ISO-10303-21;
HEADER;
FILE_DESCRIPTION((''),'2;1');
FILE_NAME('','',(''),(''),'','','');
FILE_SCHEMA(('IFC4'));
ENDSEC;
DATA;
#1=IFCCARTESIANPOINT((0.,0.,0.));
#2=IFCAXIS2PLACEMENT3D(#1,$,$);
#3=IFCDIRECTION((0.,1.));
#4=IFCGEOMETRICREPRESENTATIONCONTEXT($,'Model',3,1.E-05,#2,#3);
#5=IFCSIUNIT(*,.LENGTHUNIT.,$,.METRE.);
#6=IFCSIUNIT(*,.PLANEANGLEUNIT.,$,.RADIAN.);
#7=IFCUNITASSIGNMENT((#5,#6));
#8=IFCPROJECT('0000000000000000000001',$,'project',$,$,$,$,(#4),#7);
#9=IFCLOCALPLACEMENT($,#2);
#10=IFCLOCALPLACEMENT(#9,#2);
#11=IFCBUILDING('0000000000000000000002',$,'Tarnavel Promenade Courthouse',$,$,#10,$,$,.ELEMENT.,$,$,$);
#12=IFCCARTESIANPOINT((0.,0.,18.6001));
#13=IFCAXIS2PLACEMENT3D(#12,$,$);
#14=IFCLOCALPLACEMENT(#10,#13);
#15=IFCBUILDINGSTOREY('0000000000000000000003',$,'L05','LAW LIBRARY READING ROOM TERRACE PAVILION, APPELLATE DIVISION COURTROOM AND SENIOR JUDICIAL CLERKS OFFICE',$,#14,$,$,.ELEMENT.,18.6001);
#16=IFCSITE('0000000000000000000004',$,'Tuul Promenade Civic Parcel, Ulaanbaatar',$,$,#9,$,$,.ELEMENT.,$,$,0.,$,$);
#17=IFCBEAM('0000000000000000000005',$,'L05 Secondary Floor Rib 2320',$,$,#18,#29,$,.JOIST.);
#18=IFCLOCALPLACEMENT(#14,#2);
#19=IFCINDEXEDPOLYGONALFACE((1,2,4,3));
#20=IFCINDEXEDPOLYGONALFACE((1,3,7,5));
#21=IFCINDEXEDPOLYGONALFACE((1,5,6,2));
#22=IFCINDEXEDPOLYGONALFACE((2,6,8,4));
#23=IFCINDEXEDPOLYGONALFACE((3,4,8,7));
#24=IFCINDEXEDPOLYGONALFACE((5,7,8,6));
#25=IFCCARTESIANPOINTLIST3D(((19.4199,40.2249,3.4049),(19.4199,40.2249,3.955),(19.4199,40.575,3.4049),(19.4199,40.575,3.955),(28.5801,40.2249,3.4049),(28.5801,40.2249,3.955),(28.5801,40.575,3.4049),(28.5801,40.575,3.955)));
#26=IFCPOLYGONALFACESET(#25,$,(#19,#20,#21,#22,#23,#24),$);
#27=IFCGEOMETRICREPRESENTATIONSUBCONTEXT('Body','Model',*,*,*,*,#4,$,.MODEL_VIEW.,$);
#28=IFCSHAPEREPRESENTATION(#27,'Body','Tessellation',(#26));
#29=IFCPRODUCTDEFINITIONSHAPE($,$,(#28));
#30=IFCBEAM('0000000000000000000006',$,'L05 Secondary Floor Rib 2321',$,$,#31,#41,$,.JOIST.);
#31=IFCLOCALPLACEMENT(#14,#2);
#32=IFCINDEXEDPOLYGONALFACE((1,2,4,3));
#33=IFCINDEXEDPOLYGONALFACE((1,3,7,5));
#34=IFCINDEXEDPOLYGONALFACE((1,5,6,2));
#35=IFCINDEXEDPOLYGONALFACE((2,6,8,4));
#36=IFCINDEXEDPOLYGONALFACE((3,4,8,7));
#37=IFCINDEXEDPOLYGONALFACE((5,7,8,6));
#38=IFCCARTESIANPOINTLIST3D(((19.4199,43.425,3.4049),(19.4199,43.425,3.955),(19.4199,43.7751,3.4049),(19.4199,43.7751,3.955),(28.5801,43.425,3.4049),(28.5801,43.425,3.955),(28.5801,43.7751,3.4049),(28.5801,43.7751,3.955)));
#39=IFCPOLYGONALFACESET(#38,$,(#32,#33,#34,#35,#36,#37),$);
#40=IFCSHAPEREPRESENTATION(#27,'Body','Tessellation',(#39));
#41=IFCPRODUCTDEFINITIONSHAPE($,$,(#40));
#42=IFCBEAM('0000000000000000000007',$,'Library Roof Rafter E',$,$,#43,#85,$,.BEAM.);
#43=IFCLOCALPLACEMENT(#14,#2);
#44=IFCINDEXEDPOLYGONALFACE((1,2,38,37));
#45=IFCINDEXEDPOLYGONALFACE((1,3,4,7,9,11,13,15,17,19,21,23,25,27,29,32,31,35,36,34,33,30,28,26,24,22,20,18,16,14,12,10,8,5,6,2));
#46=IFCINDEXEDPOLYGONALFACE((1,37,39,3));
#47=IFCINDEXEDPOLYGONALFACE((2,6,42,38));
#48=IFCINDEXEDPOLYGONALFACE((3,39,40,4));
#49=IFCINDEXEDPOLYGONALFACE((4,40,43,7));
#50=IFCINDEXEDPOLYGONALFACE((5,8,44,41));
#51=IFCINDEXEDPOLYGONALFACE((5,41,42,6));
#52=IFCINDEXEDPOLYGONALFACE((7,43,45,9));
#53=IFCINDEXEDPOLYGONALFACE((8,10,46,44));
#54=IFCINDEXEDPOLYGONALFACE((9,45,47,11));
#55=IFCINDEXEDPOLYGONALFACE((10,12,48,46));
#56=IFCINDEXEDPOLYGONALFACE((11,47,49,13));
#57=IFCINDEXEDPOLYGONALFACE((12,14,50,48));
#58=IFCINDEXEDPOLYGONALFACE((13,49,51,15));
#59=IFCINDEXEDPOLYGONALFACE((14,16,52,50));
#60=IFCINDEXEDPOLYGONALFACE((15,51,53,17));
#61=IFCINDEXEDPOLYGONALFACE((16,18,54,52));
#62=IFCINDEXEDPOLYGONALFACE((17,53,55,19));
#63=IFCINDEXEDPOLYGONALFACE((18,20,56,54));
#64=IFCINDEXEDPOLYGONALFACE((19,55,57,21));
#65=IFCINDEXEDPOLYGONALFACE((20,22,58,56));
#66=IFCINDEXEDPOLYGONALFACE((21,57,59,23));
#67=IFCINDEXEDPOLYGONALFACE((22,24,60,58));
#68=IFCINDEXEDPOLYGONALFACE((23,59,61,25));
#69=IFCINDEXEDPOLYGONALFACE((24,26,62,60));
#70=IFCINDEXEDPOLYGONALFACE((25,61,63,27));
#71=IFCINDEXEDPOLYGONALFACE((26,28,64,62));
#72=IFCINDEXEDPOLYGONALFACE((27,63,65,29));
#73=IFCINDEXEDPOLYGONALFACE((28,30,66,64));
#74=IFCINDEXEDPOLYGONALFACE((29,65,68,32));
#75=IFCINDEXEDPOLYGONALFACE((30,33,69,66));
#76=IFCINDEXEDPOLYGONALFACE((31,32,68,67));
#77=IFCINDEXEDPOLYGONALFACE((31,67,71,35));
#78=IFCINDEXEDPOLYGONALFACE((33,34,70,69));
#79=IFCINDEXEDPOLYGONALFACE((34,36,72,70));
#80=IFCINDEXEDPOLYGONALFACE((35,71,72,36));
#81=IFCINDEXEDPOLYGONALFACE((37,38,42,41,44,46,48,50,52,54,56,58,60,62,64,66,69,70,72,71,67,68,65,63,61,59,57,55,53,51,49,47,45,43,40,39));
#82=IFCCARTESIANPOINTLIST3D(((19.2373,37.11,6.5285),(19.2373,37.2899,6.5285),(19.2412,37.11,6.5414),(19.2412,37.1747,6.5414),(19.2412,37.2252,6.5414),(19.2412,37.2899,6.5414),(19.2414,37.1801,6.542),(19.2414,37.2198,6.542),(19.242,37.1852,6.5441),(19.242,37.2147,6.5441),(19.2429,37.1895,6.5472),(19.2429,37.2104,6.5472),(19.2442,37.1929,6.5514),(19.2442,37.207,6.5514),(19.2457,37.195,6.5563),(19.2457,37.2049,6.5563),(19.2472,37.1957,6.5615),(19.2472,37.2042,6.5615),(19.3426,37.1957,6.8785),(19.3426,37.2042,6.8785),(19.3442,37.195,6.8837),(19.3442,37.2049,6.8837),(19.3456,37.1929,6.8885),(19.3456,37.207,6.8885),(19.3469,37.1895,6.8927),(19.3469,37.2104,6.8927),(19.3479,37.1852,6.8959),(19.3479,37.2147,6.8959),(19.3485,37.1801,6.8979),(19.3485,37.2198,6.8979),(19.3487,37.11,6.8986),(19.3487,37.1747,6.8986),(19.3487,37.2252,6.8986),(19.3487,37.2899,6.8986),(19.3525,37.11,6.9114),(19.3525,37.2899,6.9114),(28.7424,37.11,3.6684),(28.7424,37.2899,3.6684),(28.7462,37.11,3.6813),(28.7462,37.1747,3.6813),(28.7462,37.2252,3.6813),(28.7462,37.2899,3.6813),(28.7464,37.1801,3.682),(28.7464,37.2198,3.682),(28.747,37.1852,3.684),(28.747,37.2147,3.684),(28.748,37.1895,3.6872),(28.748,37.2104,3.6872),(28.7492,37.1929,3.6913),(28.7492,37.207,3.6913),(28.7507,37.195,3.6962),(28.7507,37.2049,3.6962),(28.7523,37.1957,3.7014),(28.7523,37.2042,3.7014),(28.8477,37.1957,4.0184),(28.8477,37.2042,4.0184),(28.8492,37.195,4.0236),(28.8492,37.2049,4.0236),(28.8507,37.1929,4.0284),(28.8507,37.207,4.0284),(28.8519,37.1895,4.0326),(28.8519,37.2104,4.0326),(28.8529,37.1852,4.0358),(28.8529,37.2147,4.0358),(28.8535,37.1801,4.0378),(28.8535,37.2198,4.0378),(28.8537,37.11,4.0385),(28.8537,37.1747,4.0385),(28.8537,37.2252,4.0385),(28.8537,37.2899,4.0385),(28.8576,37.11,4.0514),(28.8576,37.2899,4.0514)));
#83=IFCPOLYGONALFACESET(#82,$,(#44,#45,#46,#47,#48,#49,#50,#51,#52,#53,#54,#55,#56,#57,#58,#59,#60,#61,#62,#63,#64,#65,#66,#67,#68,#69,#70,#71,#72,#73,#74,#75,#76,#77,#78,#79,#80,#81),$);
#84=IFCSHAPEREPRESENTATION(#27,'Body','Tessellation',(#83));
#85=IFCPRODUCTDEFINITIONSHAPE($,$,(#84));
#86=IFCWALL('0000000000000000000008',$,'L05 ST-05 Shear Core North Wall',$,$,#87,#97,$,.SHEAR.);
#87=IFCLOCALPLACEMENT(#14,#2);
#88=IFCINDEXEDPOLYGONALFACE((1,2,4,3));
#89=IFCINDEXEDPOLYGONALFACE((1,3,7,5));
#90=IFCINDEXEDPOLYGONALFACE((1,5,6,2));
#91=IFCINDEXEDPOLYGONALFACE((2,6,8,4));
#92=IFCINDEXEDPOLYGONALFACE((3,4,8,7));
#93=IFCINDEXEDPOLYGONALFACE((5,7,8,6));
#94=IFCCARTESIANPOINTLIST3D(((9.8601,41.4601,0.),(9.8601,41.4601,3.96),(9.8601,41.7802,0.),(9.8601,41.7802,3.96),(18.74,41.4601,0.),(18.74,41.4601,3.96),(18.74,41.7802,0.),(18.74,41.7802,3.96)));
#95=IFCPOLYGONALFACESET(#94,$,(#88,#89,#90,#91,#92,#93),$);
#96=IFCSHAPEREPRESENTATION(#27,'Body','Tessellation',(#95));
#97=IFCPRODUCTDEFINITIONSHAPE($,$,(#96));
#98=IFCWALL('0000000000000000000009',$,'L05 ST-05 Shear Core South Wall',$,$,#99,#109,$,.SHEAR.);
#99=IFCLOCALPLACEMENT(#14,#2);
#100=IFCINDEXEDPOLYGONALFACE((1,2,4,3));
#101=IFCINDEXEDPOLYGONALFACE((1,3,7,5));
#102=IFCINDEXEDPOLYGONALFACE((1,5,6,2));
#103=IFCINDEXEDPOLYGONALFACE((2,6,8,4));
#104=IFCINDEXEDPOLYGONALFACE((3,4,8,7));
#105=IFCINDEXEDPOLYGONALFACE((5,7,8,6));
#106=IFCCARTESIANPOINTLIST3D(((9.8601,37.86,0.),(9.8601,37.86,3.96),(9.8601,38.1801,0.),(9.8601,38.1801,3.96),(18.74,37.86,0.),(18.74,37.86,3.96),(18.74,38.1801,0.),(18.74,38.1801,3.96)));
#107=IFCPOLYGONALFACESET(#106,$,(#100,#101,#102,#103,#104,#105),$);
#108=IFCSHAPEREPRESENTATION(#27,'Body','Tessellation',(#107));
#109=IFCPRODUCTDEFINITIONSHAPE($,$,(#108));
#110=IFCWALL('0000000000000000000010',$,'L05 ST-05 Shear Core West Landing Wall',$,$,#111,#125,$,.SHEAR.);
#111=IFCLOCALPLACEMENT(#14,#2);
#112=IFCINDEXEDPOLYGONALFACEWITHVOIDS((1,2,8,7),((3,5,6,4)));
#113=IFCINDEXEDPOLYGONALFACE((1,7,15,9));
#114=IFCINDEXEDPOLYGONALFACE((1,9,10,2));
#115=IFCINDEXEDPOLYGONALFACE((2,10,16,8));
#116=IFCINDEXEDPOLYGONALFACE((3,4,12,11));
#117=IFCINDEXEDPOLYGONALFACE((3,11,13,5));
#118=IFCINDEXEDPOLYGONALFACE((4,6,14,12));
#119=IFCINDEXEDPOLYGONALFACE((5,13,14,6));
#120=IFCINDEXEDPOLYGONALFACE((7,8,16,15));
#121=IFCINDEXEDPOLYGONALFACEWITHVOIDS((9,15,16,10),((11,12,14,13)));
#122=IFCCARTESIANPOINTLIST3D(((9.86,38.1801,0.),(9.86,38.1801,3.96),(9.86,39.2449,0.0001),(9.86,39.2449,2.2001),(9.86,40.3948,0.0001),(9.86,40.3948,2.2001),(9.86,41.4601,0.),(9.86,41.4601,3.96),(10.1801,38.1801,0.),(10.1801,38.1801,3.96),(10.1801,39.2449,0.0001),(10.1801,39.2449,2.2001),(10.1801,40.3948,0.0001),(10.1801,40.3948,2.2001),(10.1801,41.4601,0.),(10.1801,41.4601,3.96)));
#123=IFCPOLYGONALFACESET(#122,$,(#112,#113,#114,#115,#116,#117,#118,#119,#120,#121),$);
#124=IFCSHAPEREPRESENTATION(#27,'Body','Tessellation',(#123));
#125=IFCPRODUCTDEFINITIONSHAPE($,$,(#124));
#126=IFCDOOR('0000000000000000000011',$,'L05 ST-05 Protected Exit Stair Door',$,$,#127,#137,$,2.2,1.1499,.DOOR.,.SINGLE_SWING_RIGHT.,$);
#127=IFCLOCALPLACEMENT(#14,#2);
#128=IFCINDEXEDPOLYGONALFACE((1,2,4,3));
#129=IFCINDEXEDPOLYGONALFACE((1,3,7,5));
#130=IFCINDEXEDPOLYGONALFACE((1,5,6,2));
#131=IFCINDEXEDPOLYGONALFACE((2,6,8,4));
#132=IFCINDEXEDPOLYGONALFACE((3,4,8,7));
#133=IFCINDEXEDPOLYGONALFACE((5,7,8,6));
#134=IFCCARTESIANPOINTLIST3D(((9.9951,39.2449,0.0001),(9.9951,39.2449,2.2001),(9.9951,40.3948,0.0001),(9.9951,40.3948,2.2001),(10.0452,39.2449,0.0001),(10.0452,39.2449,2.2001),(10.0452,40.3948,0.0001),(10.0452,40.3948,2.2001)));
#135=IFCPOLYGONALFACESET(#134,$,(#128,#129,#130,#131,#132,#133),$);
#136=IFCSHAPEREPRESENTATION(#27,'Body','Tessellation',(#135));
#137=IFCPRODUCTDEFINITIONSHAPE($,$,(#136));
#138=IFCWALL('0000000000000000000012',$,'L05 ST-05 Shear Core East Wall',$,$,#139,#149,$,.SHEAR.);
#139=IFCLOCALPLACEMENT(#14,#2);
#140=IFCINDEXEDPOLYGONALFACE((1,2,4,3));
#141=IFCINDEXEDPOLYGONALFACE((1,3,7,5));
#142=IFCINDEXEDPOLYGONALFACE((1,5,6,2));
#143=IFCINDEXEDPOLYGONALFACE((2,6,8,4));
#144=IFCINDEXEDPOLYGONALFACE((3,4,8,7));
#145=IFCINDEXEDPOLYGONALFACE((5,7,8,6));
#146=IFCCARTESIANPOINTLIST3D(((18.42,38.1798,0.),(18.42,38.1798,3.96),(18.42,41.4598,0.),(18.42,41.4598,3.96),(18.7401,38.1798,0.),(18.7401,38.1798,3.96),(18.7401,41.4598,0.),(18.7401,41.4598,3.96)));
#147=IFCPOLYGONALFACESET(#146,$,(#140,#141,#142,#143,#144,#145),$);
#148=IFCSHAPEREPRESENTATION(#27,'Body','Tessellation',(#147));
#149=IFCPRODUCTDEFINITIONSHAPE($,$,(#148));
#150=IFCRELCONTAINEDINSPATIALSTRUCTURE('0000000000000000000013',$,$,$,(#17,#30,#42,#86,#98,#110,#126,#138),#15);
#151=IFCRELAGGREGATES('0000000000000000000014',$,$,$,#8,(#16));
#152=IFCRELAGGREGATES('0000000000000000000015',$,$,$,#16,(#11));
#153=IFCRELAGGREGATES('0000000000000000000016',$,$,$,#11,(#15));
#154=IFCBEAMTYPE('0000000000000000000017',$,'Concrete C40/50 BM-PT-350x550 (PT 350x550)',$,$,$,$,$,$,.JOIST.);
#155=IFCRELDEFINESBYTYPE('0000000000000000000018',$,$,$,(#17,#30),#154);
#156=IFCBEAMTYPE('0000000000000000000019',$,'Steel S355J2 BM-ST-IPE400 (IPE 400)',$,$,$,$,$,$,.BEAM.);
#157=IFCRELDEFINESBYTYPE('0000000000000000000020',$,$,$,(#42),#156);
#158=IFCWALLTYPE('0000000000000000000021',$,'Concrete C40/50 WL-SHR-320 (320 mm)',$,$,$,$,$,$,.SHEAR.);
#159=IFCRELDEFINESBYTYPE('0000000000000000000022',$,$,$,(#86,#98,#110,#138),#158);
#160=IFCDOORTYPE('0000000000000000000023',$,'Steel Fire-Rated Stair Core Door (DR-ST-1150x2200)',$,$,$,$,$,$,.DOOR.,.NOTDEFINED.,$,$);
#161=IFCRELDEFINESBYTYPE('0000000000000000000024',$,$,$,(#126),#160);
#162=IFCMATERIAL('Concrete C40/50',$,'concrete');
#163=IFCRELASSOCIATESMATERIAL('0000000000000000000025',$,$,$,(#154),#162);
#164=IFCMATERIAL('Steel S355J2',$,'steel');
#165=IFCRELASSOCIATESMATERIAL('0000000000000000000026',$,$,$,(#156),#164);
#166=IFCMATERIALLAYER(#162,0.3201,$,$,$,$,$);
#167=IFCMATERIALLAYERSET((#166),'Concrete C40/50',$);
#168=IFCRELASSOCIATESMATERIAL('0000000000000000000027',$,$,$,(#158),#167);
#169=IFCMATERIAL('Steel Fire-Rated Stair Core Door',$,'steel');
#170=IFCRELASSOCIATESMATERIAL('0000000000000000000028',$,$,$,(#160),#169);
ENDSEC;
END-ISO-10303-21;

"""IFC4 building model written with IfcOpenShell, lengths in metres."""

from ifc_helpers import new_model, si_unit, direction, frame, frame_2d, origin, origin_2d, place, context, subcontext, project, spatial, rectangle, i_section, extrude, material, layer, layer_set, material_profile, profile_set, type_object, element, fill, save


model = new_model("IFC4")

# Units and contexts
model_context = context("Model", 3, precision=1e-05, world=origin(), true_north=direction((0.0, 1.0)))
body_context = subcontext(model_context, "Body", "Model", "MODEL_VIEW")
ifc_project = project(units=[si_unit("LENGTHUNIT", "METRE"), si_unit("PLANEANGLEUNIT", "RADIAN")], contexts=[model_context])

# Site, building, storey
site_placement = place(None, origin())
site = spatial("IfcSite", under=ifc_project, at=site_placement, Name="Tuul Promenade Civic Parcel, Ulaanbaatar", CompositionType="ELEMENT", RefElevation=0.0)
building_placement = place(site_placement, origin())
building = spatial("IfcBuilding", under=site, at=building_placement, Name="Tarnavel Promenade Courthouse", CompositionType="ELEMENT")
storey_placement = place(building_placement, frame((0.0, 0.0, 18.6001)))
storey = spatial("IfcBuildingStorey", under=building, at=storey_placement, Name="L05", Description="LAW LIBRARY READING ROOM TERRACE PAVILION, APPELLATE DIVISION COURTROOM AND SENIOR JUDICIAL CLERKS OFFICE", CompositionType="ELEMENT", Elevation=18.6001)

# Beams
ifc_material_1 = material(Name="Concrete C40/50", Category="concrete")
ifc_material_profile_1 = material_profile(ifc_material_1, rectangle(XDim=0.3501, YDim=0.55, at=origin_2d()), Name="PT 350x550")
ifc_profile_set_1 = profile_set([ifc_material_profile_1], Name="Concrete C40/50")
beam_type_1 = type_object("IfcBeamType", Name="Concrete C40/50 BM-PT-350x550 (PT 350x550)", PredefinedType="JOIST", material=ifc_profile_set_1)
for number, where, z_axis, x_axis, name in (
    (1, (19.4199, 40.3999, 3.6799), (1.0, 0.0, 0.0), (0.0, 1.0, 0.0), "L05 Secondary Floor Rib 2320"),
    (2, (19.4199, 43.6001, 3.6799), (1.0, 0.0, 0.0), (0.0, 1.0, 0.0), "L05 Secondary Floor Rib 2321"),
):
    element("IfcBeam", number, at=place(storey_placement, frame(where, z_axis=z_axis, x_axis=x_axis)), inside=storey, type_object=beam_type_1, Name=name, PredefinedType="JOIST", context=body_context, shape_type="SweptSolid", body=[
        extrude(rectangle(XDim=0.3501, YDim=0.55, at=origin_2d()), origin(), (0.0, 0.0, 1.0), 9.1602),
    ])
ifc_material_2 = material(Name="Steel S355J2", Category="steel")
ifc_material_profile_2 = material_profile(ifc_material_2, i_section(OverallWidth=0.1799, OverallDepth=0.3999, WebThickness=0.0085, FlangeThickness=0.0134, FilletRadius=0.021, at=origin_2d()), Name="IPE 400")
ifc_profile_set_2 = profile_set([ifc_material_profile_2], Name="Steel S355J2")
beam_type_2 = type_object("IfcBeamType", Name="Steel S355J2 BM-ST-IPE400 (IPE 400)", PredefinedType="BEAM", material=ifc_profile_set_2)
beam_placement = place(storey_placement, frame((19.2949, 37.2, 6.72), z_axis=(0.957588, 0.0, -0.28814), x_axis=(0.0, 1.0, 0.0)))
element("IfcBeam", 3, at=beam_placement, inside=storey, type_object=beam_type_2, Name="Library Roof Rafter E", PredefinedType="BEAM", context=body_context, shape_type="SweptSolid", body=[
    extrude(i_section(OverallWidth=0.1799, OverallDepth=0.3999, WebThickness=0.0085, FlangeThickness=0.0134, FilletRadius=0.021, at=origin_2d()), origin(), (0.0, 0.0, 1.0), 9.926),
])

# Walls
ifc_layer_1 = layer(ifc_material_1, 0.3201)
ifc_layer_set_1 = layer_set([ifc_layer_1], Name="Concrete C40/50")
wall_type_1 = type_object("IfcWallType", Name="Concrete C40/50 WL-SHR-320 (320 mm)", PredefinedType="SHEAR", material=ifc_layer_set_1)
for number, where, z_axis, x_axis, name in (
    (4, (9.8601, 41.6201, 0.0), (0.0, 0.0, 1.0), (1.0, 0.0, 0.0), "L05 ST-05 Shear Core North Wall"),
    (5, (18.74, 38.02, 0.0), (0.0, 0.0, 1.0), (-1.0, 0.0, 0.0), "L05 ST-05 Shear Core South Wall"),
):
    element("IfcWall", number, at=place(storey_placement, frame(where, z_axis=z_axis, x_axis=x_axis)), inside=storey, type_object=wall_type_1, Name=name, PredefinedType="SHEAR", context=body_context, shape_type="SweptSolid", body=[
        extrude(rectangle(XDim=8.8799, YDim=0.3201, at=frame_2d((4.4399, 0.0))), origin(), (0.0, 0.0, 1.0), 3.96),
    ])

# Wall, opening, door
wall_1_placement = place(storey_placement, frame((10.02, 38.1799, 0.0), z_axis=(0.0, 0.0, 1.0), x_axis=(0.0, 1.0, 0.0)))
wall_1 = element("IfcWall", 6, at=wall_1_placement, inside=storey, type_object=wall_type_1, Name="L05 ST-05 Shear Core West Landing Wall", PredefinedType="SHEAR", context=body_context, shape_type="SweptSolid", body=[
    extrude(rectangle(XDim=3.28, YDim=0.3201, at=frame_2d((1.6401, 0.0))), origin(), (0.0, 0.0, 1.0), 3.96),
])
opening_1_placement = place(wall_1_placement, frame((1.0649, 0.0, 0.0)))
opening_1 = element("IfcOpeningElement", 7, at=opening_1_placement, cuts=wall_1, PredefinedType="OPENING", context=body_context, shape_type="SweptSolid", body=[
    extrude(rectangle(XDim=1.1499, YDim=2.2, at=frame_2d((0.575, 1.1001))), frame((0.0, 0.1699, 0.0), z_axis=(0.0, -1.0, 0.0), x_axis=(1.0, 0.0, 0.0)), (0.0, 0.0, 1.0), 0.3401),
])
ifc_material_3 = material(Name="Steel Fire-Rated Stair Core Door", Category="steel")
door_type = type_object("IfcDoorType", Name="Steel Fire-Rated Stair Core Door (DR-ST-1150x2200)", OperationType="NOTDEFINED", PredefinedType="DOOR", material=ifc_material_3)
door_placement = place(opening_1_placement, origin())
door = element("IfcDoor", 8, at=door_placement, inside=storey, type_object=door_type, Name="L05 ST-05 Protected Exit Stair Door", OperationType="SINGLE_SWING_RIGHT", OverallHeight=2.2, OverallWidth=1.1499, PredefinedType="DOOR", context=body_context, shape_type="SweptSolid", body=[
    extrude(rectangle(XDim=1.1499, YDim=2.2, at=frame_2d((0.575, 1.1001))), frame((0.0, 0.0249, 0.0), z_axis=(0.0, -1.0, 0.0), x_axis=(1.0, 0.0, 0.0)), (0.0, 0.0, 1.0), 0.05),
])
fill(opening_1, door)

# Wall
wall_2_placement = place(storey_placement, frame((18.5801, 41.46, 0.0), z_axis=(0.0, 0.0, 1.0), x_axis=(0.0, -1.0, 0.0)))
element("IfcWall", 9, at=wall_2_placement, inside=storey, type_object=wall_type_1, Name="L05 ST-05 Shear Core East Wall", PredefinedType="SHEAR", context=body_context, shape_type="SweptSolid", body=[
    extrude(rectangle(XDim=3.28, YDim=0.3201, at=frame_2d((1.6401, 0.0))), origin(), (0.0, 0.0, 1.0), 3.96),
])

save(model, "model.ifc")
